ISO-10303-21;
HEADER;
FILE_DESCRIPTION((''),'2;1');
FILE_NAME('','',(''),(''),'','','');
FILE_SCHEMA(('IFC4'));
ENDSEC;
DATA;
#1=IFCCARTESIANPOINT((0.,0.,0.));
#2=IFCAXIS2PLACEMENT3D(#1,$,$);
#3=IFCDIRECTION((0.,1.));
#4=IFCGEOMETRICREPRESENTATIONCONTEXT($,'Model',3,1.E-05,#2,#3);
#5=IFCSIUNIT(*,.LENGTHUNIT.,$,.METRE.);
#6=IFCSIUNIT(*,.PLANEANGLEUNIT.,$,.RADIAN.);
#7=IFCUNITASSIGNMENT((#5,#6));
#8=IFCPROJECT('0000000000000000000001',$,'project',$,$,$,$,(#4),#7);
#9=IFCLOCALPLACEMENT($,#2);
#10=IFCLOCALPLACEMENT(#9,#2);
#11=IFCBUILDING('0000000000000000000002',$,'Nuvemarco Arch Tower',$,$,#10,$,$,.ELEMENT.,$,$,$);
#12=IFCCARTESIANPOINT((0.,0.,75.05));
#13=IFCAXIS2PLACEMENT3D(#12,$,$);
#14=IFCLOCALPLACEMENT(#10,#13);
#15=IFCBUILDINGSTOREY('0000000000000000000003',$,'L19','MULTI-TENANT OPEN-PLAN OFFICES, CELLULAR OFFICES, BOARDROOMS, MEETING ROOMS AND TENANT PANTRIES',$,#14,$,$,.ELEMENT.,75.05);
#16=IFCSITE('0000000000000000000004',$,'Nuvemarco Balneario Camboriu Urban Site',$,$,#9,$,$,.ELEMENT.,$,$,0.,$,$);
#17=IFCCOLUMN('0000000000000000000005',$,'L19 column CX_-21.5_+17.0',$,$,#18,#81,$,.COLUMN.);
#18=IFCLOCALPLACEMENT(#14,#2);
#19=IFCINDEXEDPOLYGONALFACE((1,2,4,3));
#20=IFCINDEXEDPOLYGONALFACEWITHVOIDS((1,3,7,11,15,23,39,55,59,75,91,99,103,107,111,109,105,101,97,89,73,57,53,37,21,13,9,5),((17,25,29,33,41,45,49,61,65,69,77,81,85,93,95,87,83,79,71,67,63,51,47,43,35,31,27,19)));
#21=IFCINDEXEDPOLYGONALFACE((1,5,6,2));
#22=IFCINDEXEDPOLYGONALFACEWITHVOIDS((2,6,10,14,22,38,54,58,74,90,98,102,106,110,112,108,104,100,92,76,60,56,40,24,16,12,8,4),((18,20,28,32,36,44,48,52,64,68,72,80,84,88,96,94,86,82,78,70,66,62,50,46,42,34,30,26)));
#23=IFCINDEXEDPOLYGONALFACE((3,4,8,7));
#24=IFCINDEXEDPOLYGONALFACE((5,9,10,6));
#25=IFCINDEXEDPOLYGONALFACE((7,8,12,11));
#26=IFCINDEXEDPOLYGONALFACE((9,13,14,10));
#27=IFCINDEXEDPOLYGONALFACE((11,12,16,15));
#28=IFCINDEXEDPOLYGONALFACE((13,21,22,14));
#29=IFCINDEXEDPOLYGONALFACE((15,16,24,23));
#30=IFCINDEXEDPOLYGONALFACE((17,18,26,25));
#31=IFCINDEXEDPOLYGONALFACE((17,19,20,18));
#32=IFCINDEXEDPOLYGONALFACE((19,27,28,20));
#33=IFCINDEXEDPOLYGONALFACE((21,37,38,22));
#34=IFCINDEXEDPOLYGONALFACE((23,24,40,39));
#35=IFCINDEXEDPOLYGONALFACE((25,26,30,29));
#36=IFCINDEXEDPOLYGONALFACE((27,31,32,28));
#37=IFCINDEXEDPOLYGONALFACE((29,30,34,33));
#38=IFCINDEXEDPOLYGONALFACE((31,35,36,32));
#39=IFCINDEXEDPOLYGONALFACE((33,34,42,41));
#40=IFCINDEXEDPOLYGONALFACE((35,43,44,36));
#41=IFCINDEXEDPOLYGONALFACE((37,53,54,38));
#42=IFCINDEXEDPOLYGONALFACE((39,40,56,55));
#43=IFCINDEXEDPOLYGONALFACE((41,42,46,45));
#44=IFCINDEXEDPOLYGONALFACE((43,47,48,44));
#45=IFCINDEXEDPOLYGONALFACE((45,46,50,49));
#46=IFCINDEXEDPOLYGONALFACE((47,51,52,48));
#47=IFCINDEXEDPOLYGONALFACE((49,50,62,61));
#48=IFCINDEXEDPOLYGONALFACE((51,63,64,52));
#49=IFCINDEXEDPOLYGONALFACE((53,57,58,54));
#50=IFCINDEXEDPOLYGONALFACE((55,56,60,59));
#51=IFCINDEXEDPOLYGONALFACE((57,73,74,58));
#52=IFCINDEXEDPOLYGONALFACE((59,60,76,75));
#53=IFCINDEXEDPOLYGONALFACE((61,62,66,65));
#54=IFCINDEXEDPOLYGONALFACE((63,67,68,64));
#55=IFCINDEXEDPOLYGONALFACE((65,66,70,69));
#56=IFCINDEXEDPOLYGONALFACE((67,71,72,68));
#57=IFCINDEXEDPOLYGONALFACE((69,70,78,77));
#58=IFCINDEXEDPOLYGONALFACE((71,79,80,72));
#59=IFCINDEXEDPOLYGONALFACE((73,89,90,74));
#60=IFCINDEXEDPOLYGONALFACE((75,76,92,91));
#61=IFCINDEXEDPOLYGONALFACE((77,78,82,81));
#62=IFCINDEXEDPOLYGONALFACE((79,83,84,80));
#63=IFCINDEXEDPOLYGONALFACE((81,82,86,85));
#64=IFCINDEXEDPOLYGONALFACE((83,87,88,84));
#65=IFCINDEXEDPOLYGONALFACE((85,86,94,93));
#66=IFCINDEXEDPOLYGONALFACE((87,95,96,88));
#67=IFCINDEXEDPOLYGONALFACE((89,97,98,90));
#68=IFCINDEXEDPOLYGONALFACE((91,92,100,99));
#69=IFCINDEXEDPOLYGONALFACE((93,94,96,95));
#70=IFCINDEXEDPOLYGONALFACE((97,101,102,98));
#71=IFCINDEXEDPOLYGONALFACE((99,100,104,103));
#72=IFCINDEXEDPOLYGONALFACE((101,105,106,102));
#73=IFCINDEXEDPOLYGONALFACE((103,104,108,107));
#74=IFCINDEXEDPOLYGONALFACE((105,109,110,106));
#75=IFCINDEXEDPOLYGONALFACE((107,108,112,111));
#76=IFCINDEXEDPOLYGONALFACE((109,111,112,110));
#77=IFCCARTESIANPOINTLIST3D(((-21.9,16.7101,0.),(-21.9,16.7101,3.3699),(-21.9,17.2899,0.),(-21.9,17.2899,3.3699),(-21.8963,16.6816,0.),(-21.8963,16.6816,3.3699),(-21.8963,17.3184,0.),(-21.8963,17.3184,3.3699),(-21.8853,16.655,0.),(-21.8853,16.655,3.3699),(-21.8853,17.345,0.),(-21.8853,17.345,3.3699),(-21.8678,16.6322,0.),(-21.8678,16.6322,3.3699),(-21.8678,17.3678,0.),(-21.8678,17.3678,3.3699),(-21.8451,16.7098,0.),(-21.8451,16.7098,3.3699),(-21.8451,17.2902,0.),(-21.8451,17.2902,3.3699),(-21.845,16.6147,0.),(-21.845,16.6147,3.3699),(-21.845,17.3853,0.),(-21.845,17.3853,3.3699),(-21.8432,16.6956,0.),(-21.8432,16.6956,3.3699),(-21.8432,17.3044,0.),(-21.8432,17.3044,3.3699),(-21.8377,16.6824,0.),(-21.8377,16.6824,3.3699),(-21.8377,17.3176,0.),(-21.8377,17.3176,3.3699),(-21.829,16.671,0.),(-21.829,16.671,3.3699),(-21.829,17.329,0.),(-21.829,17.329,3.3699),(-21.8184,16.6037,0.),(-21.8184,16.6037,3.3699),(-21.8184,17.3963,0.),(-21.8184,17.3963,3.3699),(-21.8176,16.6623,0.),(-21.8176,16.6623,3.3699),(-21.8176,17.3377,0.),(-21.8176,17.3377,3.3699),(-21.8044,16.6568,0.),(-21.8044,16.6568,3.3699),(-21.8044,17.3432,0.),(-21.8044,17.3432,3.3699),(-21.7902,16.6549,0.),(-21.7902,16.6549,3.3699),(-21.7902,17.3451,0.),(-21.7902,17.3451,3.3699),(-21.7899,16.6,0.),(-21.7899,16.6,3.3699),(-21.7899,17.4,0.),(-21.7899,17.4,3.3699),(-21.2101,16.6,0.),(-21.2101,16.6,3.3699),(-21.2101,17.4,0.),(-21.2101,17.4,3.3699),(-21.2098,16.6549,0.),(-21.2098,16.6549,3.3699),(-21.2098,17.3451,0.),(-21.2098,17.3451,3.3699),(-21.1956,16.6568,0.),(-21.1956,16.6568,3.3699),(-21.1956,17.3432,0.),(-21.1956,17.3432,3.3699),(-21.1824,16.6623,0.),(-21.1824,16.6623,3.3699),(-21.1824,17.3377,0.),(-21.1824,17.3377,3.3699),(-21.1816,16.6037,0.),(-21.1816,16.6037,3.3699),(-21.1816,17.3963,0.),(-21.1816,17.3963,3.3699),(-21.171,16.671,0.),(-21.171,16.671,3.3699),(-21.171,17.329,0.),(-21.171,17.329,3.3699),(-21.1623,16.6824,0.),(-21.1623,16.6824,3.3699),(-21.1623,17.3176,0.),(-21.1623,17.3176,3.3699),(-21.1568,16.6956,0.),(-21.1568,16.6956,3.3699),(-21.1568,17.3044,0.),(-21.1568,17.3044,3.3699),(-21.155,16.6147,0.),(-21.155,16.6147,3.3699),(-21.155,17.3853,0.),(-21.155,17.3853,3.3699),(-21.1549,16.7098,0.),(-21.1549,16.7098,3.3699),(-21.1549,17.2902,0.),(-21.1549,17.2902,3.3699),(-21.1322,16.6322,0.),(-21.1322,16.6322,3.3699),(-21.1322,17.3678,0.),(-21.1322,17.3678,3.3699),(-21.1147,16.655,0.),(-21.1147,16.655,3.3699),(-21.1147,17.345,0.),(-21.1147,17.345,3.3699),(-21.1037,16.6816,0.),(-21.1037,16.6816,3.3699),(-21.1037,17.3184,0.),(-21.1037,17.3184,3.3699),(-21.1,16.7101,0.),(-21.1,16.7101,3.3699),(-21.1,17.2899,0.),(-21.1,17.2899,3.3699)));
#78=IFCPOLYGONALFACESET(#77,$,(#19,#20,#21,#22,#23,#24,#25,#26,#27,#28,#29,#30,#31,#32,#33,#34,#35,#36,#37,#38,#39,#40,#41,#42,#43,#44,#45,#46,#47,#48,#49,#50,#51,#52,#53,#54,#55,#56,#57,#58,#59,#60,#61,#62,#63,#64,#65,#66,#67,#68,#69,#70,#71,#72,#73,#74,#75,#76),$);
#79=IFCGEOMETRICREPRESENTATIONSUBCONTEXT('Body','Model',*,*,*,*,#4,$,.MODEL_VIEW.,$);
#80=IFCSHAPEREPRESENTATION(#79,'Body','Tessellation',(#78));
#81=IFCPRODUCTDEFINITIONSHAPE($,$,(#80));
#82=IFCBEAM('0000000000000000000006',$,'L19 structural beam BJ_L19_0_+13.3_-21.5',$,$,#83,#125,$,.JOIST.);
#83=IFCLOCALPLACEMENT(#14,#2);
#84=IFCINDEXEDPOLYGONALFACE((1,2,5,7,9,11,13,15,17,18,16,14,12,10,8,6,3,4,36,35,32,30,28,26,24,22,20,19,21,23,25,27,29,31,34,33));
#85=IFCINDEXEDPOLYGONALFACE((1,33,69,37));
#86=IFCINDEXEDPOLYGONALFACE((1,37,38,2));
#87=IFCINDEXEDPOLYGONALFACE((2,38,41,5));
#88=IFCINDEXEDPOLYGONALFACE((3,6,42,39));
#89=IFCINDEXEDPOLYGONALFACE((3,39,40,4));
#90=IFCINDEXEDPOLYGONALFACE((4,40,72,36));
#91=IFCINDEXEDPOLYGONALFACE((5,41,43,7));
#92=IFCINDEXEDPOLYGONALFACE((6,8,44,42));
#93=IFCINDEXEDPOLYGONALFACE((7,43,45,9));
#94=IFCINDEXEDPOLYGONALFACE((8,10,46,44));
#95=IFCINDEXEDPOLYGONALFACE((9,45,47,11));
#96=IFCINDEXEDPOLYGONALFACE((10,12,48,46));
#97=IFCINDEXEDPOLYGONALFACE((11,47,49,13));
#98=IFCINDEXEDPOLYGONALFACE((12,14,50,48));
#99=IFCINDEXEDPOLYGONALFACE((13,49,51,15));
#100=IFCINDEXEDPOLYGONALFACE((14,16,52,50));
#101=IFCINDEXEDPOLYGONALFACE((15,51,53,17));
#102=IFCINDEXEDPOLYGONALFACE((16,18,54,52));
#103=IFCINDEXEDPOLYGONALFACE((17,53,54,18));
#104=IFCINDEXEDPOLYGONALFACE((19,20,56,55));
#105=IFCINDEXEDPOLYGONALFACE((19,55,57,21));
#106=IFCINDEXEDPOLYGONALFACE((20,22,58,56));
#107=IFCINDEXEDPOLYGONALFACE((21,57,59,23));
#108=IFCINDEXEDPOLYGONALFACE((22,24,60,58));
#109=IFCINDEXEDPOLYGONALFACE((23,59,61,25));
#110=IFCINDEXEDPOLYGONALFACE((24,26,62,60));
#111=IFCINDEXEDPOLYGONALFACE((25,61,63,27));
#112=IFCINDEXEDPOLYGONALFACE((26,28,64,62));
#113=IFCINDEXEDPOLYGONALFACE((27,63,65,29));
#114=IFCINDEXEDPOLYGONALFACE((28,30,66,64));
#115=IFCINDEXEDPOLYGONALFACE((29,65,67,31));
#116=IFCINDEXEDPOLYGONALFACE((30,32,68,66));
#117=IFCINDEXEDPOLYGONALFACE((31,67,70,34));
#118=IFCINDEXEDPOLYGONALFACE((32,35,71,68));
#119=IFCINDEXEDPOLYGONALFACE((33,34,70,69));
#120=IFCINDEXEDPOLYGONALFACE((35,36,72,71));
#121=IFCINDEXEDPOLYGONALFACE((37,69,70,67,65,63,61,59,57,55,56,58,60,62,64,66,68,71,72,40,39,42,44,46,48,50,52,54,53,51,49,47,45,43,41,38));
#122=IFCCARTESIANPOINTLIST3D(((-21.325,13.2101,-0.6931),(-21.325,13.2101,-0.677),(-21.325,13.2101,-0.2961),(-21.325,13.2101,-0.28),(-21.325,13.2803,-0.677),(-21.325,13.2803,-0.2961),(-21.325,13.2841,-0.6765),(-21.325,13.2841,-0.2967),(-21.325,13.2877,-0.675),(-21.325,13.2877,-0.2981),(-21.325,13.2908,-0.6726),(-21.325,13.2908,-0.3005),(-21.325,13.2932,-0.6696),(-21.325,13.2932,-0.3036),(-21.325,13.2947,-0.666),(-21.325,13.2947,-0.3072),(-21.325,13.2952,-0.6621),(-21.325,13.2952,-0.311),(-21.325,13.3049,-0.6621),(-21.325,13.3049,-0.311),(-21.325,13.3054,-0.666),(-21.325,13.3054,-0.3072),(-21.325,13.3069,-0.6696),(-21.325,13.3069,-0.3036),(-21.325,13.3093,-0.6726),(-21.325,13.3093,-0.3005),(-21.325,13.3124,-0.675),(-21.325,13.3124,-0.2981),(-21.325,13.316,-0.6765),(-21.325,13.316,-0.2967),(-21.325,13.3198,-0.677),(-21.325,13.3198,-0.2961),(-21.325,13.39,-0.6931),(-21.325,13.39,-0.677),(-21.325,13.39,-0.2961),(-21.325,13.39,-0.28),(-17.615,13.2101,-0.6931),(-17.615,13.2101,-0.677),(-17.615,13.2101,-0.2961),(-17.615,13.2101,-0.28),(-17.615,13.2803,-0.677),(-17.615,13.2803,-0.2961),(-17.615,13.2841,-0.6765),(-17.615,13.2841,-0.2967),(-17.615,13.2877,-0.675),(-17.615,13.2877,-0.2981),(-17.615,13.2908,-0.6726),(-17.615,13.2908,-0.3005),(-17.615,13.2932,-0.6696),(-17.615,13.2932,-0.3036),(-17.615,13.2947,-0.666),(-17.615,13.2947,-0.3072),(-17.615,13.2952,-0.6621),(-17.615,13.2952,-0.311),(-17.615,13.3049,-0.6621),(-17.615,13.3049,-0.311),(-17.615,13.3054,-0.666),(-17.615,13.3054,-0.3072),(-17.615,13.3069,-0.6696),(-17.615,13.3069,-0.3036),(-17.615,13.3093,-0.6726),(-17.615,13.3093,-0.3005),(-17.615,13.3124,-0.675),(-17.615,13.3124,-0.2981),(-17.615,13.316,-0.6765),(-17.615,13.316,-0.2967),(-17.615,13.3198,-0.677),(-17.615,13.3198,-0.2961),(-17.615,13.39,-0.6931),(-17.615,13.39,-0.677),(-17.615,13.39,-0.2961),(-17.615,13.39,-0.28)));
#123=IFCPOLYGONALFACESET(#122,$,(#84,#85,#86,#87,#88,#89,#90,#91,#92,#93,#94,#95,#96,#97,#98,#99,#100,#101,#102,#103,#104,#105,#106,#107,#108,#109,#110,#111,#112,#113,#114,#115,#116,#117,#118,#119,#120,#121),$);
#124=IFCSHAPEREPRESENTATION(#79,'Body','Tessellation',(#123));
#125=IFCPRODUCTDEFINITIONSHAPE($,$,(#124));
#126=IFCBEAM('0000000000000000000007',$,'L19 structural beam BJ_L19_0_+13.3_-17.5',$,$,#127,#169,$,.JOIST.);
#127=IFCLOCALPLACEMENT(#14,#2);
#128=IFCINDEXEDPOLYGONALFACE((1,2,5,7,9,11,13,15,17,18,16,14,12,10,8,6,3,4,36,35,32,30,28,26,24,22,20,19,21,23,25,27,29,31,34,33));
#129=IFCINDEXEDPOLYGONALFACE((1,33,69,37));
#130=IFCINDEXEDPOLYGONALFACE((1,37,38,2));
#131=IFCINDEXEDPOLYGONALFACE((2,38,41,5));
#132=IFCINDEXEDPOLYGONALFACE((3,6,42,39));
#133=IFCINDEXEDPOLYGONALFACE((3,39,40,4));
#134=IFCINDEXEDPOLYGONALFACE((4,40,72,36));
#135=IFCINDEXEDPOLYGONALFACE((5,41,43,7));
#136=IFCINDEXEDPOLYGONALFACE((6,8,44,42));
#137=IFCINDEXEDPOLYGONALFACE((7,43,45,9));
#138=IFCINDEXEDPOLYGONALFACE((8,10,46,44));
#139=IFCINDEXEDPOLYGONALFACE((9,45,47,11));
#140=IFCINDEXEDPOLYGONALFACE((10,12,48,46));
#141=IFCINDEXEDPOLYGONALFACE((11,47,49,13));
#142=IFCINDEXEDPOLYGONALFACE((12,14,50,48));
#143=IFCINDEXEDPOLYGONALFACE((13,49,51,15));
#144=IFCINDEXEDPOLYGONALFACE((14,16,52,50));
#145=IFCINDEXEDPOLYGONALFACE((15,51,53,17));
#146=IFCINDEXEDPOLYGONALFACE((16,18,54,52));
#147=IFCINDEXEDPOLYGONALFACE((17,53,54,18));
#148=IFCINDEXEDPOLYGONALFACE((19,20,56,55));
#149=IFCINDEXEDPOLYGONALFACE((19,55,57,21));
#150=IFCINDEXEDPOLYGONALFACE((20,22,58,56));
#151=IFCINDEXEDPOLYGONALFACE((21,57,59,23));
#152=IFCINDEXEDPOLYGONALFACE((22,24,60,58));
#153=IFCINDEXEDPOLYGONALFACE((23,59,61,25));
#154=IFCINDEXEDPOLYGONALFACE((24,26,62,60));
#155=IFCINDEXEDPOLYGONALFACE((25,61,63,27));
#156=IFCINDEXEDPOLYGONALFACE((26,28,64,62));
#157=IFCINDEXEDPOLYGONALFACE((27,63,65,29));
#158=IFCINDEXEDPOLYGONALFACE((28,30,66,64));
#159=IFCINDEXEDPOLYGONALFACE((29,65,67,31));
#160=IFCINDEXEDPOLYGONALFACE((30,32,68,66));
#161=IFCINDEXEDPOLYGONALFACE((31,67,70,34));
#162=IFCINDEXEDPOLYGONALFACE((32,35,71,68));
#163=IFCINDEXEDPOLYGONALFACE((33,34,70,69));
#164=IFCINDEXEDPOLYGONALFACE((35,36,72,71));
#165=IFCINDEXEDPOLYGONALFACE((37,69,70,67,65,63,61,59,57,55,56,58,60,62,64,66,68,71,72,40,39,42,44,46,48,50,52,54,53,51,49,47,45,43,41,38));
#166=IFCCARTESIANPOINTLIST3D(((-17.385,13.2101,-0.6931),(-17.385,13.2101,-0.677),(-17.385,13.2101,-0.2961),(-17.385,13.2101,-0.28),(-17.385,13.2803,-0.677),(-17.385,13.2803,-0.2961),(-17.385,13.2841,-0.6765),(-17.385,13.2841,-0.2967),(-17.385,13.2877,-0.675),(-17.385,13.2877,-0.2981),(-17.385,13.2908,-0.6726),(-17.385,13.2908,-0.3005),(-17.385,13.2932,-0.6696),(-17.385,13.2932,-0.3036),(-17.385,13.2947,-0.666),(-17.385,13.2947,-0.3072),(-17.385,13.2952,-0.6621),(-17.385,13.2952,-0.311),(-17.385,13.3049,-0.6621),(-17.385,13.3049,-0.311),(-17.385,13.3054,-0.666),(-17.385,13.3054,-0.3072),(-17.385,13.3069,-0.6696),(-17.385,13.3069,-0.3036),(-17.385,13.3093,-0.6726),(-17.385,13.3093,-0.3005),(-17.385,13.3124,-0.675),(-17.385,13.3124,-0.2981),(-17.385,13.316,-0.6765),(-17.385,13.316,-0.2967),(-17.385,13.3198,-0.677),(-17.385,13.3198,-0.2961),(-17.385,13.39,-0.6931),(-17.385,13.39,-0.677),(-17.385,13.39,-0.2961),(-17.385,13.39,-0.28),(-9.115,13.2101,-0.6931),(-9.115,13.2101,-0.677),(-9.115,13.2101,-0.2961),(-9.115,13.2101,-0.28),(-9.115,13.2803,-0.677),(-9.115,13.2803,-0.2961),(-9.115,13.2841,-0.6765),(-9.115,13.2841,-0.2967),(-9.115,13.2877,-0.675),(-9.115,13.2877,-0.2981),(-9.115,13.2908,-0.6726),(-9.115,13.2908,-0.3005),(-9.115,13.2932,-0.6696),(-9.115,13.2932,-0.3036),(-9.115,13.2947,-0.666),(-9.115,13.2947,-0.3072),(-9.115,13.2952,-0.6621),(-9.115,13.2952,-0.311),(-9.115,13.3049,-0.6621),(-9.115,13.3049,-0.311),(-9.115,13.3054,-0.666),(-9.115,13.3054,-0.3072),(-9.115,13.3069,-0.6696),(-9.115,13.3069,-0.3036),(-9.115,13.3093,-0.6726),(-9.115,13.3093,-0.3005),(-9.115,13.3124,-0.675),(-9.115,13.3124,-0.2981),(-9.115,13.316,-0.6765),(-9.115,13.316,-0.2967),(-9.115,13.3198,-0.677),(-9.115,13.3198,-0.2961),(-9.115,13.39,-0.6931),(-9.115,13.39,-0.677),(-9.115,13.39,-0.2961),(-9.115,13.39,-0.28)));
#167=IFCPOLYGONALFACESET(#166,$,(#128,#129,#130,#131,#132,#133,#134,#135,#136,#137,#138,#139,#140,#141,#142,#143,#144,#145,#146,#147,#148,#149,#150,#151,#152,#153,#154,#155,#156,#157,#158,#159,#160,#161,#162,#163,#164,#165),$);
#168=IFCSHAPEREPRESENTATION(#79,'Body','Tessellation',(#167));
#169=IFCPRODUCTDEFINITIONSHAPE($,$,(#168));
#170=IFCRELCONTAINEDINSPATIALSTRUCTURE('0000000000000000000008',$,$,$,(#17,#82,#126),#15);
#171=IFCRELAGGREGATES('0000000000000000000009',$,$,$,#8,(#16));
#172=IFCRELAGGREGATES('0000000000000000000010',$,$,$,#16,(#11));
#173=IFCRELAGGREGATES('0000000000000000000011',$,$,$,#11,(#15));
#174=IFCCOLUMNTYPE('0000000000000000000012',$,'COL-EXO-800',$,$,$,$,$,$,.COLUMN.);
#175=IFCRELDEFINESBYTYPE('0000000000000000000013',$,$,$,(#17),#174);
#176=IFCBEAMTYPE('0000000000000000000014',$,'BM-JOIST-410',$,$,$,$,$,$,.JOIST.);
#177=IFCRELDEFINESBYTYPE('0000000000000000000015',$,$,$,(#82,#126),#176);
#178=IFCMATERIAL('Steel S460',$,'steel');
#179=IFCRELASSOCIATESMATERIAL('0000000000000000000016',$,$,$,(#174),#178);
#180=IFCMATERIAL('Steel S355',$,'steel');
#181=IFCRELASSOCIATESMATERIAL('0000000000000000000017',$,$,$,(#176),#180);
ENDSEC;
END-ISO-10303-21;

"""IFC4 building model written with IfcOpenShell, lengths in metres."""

from ifc_helpers import new_model, si_unit, direction, frame, origin, origin_2d, place, context, subcontext, project, spatial, hollow_rectangle, i_section, extrude, material, material_profile, profile_set, type_object, element, save


model = new_model("IFC4")

# Units and contexts
model_context = context("Model", 3, precision=1e-05, world=origin(), true_north=direction((0.0, 1.0)))
body_context = subcontext(model_context, "Body", "Model", "MODEL_VIEW")
ifc_project = project(units=[si_unit("LENGTHUNIT", "METRE"), si_unit("PLANEANGLEUNIT", "RADIAN")], contexts=[model_context])

# Site, building, storey
site_placement = place(None, origin())
site = spatial("IfcSite", under=ifc_project, at=site_placement, Name="Nuvemarco Balneario Camboriu Urban Site", CompositionType="ELEMENT", RefElevation=0.0)
building_placement = place(site_placement, origin())
building = spatial("IfcBuilding", under=site, at=building_placement, Name="Nuvemarco Arch Tower", CompositionType="ELEMENT")
storey_placement = place(building_placement, frame((0.0, 0.0, 75.05)))
storey = spatial("IfcBuildingStorey", under=building, at=storey_placement, Name="L19", Description="MULTI-TENANT OPEN-PLAN OFFICES, CELLULAR OFFICES, BOARDROOMS, MEETING ROOMS AND TENANT PANTRIES", CompositionType="ELEMENT", Elevation=75.05)

# Column
ifc_material_1 = material(Name="Steel S460", Category="steel")
ifc_material_profile_1 = material_profile(ifc_material_1, hollow_rectangle(XDim=0.8, YDim=0.8, WallThickness=0.0549, InnerFilletRadius=0.0549, OuterFilletRadius=0.1101, at=origin_2d()), Name="SHS800x800x55")
ifc_profile_set_1 = profile_set([ifc_material_profile_1], Name="Steel S460")
column_type = type_object("IfcColumnType", Name="COL-EXO-800", PredefinedType="COLUMN", material=ifc_profile_set_1)
column_placement = place(storey_placement, frame((-21.5, 17.0, 0.0), z_axis=(0.0, 0.0, 1.0), x_axis=(1.0, 0.0, 0.0)))
element("IfcColumn", 1, at=column_placement, inside=storey, type_object=column_type, Name="L19 column CX_-21.5_+17.0", PredefinedType="COLUMN", context=body_context, shape_type="SweptSolid", body=[
    extrude(hollow_rectangle(XDim=0.8, YDim=0.8, WallThickness=0.0549, InnerFilletRadius=0.0549, OuterFilletRadius=0.1101, at=origin_2d()), origin(), (0.0, 0.0, 1.0), 3.3699),
])

# Beams
ifc_material_2 = material(Name="Steel S355", Category="steel")
ifc_material_profile_2 = material_profile(ifc_material_2, i_section(OverallWidth=0.1799, OverallDepth=0.4131, WebThickness=0.0098, FlangeThickness=0.0161, FilletRadius=0.0149, at=origin_2d()), Name="W410x75")
ifc_profile_set_2 = profile_set([ifc_material_profile_2], Name="Steel S355")
beam_type = type_object("IfcBeamType", Name="BM-JOIST-410", PredefinedType="JOIST", material=ifc_profile_set_2)
beam_1_placement = place(storey_placement, frame((-21.325, 13.3, -0.4866), z_axis=(1.0, 0.0, 0.0), x_axis=(0.0, 1.0, 0.0)))
element("IfcBeam", 2, at=beam_1_placement, inside=storey, type_object=beam_type, Name="L19 structural beam BJ_L19_0_+13.3_-21.5", PredefinedType="JOIST", context=body_context, shape_type="SweptSolid", body=[
    extrude(i_section(OverallWidth=0.1799, OverallDepth=0.4131, WebThickness=0.0098, FlangeThickness=0.0161, FilletRadius=0.0149, at=origin_2d()), origin(), (0.0, 0.0, 1.0), 3.71),
])
beam_2_placement = place(storey_placement, frame((-17.385, 13.3, -0.4866), z_axis=(1.0, 0.0, 0.0), x_axis=(0.0, 1.0, 0.0)))
element("IfcBeam", 3, at=beam_2_placement, inside=storey, type_object=beam_type, Name="L19 structural beam BJ_L19_0_+13.3_-17.5", PredefinedType="JOIST", context=body_context, shape_type="SweptSolid", body=[
    extrude(i_section(OverallWidth=0.1799, OverallDepth=0.4131, WebThickness=0.0098, FlangeThickness=0.0161, FilletRadius=0.0149, at=origin_2d()), origin(), (0.0, 0.0, 1.0), 8.27),
])

save(model, "model.ifc")
